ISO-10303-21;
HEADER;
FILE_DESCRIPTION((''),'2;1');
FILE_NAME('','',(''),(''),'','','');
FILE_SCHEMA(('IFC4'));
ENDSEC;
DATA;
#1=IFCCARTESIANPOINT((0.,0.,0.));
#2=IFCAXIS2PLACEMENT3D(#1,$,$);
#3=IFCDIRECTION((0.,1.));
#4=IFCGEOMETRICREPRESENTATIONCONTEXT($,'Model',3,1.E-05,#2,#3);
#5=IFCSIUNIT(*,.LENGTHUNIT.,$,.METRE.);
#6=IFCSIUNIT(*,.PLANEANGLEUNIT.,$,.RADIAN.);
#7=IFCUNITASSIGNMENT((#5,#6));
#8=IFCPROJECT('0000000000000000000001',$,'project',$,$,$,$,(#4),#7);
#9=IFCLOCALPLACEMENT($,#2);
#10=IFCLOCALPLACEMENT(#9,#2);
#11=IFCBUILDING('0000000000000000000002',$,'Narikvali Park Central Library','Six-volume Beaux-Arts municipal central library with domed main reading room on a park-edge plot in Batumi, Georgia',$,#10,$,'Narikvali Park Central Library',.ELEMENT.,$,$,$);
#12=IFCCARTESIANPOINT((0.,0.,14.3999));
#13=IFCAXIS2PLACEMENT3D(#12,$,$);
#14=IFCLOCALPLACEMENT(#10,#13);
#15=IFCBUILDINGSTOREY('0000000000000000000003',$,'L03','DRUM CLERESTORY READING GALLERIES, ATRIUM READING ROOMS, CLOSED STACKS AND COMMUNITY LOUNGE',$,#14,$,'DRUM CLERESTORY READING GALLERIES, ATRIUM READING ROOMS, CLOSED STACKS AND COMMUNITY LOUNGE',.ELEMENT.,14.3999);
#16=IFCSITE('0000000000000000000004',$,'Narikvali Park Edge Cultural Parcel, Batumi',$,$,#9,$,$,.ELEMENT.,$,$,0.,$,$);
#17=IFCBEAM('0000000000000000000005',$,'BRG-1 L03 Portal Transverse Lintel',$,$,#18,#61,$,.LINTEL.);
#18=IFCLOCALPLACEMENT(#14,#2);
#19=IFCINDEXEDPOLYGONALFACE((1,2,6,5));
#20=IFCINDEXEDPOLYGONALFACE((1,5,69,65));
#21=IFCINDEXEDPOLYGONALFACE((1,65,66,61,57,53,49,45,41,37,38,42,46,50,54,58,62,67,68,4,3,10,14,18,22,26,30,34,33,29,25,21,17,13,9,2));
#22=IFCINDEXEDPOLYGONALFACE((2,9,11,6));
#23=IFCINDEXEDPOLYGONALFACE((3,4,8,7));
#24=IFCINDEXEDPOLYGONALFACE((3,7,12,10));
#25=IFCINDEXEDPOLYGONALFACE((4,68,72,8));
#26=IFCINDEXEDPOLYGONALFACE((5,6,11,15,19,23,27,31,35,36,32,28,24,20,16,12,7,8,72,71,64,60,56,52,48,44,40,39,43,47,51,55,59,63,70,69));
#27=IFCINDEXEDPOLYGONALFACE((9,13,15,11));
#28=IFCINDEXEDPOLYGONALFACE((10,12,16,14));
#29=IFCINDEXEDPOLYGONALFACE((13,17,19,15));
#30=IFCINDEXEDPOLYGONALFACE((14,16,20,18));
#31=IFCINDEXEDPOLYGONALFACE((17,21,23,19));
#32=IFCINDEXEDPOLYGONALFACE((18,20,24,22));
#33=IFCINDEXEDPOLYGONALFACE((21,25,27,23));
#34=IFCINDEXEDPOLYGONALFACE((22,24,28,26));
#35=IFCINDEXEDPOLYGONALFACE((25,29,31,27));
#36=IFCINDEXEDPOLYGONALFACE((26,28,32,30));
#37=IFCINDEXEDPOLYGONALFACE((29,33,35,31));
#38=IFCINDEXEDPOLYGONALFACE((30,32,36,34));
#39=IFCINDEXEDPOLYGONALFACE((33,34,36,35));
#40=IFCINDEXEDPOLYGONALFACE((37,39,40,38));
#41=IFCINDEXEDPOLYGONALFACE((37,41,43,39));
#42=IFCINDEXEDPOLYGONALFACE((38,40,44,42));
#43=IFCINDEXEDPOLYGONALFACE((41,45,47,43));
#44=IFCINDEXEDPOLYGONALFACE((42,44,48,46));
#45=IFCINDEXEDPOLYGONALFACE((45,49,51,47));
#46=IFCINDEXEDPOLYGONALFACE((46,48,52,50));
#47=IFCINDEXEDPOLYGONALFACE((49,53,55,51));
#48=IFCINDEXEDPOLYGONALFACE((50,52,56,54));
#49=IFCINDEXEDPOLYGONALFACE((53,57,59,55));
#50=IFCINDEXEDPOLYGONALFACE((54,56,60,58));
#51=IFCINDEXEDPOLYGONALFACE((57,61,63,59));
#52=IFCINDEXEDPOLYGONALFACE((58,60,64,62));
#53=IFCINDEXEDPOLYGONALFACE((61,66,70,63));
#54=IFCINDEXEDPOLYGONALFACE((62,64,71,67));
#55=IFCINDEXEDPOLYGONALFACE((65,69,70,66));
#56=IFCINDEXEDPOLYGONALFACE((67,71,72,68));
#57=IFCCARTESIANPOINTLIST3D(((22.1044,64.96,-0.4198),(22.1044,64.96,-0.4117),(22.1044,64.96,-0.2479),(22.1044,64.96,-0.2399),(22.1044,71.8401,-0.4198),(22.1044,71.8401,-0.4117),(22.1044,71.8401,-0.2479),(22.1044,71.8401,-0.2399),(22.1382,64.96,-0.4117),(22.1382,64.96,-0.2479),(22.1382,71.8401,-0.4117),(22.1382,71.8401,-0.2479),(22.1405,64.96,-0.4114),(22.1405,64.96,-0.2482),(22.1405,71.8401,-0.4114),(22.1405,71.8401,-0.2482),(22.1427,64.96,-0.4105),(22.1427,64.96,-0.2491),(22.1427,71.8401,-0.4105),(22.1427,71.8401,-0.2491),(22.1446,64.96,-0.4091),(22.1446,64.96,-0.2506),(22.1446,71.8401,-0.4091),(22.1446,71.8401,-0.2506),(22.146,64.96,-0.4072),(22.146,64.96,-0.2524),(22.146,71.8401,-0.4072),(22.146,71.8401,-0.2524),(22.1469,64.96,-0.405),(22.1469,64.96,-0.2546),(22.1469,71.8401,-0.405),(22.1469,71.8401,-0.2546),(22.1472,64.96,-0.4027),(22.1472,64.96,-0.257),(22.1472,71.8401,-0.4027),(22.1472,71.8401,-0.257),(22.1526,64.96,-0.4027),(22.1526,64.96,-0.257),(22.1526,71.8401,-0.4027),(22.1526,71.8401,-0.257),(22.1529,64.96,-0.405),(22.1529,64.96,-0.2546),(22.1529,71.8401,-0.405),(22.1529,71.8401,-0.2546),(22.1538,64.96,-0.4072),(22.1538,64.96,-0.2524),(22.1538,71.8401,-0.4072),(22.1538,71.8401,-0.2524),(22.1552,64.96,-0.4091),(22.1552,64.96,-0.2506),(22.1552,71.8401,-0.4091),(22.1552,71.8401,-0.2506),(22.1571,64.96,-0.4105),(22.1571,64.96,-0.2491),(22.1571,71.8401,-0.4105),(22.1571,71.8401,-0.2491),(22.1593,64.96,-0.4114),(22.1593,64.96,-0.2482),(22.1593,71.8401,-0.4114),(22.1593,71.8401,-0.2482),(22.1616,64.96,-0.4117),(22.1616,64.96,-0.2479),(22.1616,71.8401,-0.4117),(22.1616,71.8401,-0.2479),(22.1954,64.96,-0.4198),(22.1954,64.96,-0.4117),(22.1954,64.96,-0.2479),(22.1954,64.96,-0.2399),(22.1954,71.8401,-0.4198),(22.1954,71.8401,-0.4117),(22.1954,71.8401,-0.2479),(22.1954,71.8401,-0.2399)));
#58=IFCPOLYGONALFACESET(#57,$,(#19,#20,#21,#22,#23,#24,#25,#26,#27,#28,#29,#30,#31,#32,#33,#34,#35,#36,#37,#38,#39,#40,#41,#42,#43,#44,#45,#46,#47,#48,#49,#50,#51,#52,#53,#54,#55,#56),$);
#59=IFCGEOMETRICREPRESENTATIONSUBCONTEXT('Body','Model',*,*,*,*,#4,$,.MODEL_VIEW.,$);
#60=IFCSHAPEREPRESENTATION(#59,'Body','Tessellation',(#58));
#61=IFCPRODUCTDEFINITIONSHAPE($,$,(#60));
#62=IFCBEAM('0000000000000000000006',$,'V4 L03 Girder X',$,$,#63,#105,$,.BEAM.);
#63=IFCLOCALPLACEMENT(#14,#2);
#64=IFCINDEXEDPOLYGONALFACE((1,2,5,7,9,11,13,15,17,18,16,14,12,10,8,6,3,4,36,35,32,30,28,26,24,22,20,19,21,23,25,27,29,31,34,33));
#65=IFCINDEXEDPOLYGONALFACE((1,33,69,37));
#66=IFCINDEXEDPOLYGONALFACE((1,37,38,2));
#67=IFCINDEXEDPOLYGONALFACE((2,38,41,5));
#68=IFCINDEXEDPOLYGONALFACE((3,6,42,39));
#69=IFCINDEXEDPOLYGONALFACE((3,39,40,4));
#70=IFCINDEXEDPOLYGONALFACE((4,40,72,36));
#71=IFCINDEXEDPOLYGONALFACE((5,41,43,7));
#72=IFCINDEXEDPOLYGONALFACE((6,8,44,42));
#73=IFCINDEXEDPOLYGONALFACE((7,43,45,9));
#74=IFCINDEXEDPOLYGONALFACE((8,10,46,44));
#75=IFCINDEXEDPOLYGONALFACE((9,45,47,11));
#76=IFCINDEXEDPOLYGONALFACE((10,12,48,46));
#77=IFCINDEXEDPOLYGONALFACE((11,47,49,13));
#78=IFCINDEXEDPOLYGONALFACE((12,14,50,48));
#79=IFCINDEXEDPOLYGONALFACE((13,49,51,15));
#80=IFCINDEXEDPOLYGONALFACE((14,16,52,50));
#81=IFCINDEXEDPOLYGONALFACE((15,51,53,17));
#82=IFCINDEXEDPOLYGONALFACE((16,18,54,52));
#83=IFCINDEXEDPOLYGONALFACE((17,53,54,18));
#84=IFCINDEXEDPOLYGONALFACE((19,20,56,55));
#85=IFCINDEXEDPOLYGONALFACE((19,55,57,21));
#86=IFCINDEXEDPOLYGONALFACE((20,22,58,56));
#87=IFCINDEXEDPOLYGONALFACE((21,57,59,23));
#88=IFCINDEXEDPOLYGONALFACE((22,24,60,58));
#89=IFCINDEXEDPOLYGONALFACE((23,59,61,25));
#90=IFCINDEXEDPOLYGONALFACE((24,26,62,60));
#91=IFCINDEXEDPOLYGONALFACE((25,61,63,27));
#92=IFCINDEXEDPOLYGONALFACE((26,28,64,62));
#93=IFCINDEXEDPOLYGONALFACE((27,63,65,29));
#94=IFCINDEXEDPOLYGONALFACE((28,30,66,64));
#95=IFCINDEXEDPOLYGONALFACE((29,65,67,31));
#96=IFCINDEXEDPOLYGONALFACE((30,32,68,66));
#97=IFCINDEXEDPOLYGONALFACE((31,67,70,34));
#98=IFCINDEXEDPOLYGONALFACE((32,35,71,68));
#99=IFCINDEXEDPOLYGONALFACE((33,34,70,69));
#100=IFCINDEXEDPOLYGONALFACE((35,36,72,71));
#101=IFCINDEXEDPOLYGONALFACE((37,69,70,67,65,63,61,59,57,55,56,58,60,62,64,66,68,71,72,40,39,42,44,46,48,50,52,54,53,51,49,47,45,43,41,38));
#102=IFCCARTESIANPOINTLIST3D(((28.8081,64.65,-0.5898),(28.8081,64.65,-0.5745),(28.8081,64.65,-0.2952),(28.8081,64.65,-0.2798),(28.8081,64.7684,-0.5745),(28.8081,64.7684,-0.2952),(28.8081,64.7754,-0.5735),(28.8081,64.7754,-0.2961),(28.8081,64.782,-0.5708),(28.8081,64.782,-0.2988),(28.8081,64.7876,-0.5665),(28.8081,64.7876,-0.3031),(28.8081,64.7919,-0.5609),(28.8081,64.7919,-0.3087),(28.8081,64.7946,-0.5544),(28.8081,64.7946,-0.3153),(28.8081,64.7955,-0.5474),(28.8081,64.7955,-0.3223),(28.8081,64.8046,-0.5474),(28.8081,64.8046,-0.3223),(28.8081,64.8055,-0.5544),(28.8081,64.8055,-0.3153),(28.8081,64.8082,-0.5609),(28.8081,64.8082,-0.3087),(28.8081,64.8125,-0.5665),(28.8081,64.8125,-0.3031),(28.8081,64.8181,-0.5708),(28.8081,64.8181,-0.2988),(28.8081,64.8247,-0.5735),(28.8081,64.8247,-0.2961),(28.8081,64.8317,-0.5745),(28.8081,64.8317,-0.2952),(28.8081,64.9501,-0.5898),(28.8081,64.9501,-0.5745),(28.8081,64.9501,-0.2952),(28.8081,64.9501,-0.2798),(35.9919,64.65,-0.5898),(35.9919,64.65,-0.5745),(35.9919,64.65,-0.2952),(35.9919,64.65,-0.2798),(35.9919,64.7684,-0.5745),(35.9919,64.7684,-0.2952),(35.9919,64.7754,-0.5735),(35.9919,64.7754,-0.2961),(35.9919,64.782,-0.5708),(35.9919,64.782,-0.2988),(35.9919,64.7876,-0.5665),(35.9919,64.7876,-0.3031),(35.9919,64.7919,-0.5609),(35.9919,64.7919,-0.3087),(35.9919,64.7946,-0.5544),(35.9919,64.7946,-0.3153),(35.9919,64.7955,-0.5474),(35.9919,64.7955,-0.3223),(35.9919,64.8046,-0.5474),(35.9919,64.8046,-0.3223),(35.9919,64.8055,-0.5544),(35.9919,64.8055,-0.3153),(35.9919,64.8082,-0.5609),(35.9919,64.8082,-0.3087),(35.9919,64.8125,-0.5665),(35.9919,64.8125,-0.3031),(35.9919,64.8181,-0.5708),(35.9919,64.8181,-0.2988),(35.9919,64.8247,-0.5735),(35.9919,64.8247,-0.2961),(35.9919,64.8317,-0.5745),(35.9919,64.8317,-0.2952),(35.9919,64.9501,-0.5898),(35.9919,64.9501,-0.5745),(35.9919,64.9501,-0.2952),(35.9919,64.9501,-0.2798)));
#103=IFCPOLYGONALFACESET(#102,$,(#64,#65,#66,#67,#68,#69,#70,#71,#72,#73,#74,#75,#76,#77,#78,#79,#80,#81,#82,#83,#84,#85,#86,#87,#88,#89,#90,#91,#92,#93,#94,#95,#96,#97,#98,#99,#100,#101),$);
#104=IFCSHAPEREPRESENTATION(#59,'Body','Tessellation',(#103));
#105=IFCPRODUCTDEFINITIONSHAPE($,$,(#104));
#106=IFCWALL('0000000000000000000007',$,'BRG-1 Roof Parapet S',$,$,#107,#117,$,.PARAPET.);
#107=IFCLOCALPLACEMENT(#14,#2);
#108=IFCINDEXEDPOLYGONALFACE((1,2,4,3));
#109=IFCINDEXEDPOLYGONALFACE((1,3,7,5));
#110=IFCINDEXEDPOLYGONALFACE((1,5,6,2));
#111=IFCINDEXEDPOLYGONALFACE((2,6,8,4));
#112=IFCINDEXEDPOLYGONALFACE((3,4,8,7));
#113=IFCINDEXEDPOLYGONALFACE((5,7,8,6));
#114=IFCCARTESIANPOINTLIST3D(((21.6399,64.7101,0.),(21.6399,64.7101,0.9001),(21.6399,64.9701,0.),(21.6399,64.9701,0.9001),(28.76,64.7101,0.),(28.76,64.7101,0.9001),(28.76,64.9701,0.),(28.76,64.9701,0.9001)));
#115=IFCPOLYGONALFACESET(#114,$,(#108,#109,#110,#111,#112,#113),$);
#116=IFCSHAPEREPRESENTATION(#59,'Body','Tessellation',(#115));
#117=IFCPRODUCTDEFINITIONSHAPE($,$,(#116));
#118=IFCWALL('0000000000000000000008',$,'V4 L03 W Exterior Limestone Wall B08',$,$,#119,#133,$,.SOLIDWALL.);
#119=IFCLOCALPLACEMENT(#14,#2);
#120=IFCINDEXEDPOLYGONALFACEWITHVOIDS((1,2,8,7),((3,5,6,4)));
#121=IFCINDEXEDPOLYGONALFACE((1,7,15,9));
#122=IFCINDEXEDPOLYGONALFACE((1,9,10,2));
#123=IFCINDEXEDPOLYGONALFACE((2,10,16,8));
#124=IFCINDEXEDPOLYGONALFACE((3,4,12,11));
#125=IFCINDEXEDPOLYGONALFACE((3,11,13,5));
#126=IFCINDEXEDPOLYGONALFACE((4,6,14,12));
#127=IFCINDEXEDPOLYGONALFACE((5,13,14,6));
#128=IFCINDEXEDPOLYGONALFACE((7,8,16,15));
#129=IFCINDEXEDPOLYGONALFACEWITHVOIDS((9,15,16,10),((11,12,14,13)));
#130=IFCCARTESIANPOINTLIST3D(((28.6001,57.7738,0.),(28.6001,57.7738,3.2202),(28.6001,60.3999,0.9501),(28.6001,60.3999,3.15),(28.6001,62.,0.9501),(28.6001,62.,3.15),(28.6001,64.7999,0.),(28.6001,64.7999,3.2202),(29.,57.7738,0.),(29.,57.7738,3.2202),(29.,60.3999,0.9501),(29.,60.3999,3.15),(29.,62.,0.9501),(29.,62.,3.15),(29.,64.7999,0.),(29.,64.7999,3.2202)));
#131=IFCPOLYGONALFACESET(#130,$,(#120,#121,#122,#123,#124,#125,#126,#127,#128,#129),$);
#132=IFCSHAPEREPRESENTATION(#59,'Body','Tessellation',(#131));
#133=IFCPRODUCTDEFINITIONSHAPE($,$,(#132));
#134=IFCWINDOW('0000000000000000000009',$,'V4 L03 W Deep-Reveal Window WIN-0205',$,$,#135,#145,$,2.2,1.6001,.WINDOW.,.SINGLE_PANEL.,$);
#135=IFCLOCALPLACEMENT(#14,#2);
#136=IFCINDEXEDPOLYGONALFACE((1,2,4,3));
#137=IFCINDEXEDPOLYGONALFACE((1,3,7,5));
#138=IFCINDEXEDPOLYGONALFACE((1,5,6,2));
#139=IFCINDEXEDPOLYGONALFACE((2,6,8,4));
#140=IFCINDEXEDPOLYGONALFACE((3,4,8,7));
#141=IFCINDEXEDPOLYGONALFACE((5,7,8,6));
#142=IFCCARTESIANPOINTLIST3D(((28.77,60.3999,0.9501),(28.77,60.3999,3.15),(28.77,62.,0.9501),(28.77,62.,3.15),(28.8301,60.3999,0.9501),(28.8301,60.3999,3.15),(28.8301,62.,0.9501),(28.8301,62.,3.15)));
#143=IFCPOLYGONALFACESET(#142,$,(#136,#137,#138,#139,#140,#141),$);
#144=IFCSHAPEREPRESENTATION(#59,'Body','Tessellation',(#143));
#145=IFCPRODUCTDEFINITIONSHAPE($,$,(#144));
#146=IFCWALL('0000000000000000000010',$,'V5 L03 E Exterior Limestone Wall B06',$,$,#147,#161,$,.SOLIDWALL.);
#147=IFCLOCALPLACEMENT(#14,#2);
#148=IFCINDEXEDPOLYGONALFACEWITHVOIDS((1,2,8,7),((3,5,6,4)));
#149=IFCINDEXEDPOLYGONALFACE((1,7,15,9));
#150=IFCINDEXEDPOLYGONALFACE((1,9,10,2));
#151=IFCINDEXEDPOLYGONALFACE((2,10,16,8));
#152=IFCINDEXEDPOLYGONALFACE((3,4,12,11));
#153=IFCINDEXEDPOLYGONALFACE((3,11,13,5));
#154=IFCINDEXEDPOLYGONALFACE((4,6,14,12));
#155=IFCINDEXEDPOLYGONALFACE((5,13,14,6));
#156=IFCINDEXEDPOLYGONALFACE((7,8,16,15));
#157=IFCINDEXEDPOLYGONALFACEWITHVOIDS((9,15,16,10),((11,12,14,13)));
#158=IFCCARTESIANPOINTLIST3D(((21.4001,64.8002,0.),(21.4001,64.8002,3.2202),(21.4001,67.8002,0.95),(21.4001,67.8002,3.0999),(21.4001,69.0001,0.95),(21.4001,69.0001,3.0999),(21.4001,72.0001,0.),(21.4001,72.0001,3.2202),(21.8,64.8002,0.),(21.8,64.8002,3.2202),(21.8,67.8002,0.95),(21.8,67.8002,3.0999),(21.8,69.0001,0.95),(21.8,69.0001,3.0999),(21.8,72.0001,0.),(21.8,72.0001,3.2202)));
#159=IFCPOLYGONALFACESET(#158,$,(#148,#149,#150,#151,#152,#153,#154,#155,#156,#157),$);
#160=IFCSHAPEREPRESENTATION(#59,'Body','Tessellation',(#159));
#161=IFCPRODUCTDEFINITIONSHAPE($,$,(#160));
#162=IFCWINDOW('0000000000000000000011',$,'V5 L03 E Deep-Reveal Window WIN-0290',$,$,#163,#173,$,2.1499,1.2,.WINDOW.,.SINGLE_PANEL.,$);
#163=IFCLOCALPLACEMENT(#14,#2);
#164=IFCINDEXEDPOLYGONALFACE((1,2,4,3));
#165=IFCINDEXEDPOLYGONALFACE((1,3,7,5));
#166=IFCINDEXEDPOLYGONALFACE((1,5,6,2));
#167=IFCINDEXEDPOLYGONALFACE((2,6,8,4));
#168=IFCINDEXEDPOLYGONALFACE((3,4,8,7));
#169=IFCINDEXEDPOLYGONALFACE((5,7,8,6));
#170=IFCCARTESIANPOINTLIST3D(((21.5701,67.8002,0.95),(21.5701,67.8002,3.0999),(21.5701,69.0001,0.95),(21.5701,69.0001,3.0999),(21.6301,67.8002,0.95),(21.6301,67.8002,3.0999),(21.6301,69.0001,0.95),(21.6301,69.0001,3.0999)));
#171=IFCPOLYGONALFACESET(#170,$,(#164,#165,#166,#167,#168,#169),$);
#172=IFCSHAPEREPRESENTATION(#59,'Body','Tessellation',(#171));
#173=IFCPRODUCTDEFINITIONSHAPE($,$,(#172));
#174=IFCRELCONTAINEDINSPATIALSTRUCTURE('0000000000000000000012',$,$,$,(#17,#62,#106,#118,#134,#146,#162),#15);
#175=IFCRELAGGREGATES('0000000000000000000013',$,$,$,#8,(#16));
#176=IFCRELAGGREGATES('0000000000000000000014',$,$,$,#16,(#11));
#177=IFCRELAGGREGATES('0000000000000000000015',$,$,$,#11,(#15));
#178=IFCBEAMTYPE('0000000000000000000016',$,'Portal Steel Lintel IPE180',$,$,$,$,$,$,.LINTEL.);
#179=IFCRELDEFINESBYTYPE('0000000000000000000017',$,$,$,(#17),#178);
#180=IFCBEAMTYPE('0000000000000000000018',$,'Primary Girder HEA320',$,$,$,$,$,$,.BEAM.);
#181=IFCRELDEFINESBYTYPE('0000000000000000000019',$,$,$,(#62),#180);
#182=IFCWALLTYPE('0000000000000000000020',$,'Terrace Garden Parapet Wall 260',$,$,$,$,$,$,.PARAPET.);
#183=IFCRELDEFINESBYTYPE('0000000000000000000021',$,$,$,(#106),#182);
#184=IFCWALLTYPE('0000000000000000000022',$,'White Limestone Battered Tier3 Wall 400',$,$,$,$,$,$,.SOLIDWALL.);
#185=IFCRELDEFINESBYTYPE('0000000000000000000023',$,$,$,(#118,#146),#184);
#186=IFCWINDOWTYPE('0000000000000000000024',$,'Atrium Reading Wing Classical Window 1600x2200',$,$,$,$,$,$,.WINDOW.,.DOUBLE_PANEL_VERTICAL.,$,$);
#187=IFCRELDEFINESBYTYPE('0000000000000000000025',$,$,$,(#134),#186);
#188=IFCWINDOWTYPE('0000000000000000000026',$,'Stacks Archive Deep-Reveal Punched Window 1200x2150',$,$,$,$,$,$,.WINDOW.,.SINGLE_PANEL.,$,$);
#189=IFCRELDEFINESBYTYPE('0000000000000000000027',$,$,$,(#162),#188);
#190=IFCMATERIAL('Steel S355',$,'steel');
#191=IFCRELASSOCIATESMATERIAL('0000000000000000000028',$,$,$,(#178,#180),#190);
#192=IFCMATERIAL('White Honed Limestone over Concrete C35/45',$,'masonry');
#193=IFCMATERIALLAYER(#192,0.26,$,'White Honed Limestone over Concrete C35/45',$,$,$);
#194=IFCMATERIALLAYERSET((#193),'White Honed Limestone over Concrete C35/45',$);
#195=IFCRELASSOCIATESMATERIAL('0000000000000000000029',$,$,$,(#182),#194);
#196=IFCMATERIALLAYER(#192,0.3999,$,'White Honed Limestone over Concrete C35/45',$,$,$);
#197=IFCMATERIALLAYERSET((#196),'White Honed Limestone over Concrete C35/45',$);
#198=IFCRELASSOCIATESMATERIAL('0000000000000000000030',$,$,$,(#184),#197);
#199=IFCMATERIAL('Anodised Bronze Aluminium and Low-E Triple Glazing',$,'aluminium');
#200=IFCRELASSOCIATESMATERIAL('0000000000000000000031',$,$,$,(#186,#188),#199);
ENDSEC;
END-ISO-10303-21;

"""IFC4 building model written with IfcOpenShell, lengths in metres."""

from ifc_helpers import new_model, si_unit, direction, frame, frame_2d, origin, origin_2d, place, context, subcontext, project, spatial, rectangle, i_section, extrude, material, layer, layer_set, material_profile, profile_set, type_object, element, fill, save


model = new_model("IFC4")

# Units and contexts
model_context = context("Model", 3, precision=1e-05, world=origin(), true_north=direction((0.0, 1.0)))
body_context = subcontext(model_context, "Body", "Model", "MODEL_VIEW")
ifc_project = project(units=[si_unit("LENGTHUNIT", "METRE"), si_unit("PLANEANGLEUNIT", "RADIAN")], contexts=[model_context])

# Site, building, storey
site_placement = place(None, origin())
site = spatial("IfcSite", under=ifc_project, at=site_placement, Name="Narikvali Park Edge Cultural Parcel, Batumi", CompositionType="ELEMENT", RefElevation=0.0)
building_placement = place(site_placement, origin())
building = spatial("IfcBuilding", under=site, at=building_placement, Name="Narikvali Park Central Library", Description="Six-volume Beaux-Arts municipal central library with domed main reading room on a park-edge plot in Batumi, Georgia", LongName="Narikvali Park Central Library", CompositionType="ELEMENT")
storey_placement = place(building_placement, frame((0.0, 0.0, 14.3999)))
storey = spatial("IfcBuildingStorey", under=building, at=storey_placement, Name="L03", Description="DRUM CLERESTORY READING GALLERIES, ATRIUM READING ROOMS, CLOSED STACKS AND COMMUNITY LOUNGE", LongName="DRUM CLERESTORY READING GALLERIES, ATRIUM READING ROOMS, CLOSED STACKS AND COMMUNITY LOUNGE", CompositionType="ELEMENT", Elevation=14.3999)

# Shared definitions
ifc_material_1 = material(Name="Steel S355", Category="steel")

# Beams
ifc_material_profile_1 = material_profile(ifc_material_1, i_section(OverallWidth=0.0911, OverallDepth=0.1799, WebThickness=0.0054, FlangeThickness=0.0081, FilletRadius=0.009, at=origin_2d()), Name="IPE 180")
ifc_profile_set_1 = profile_set([ifc_material_profile_1], Name="Steel S355")
beam_type_1 = type_object("IfcBeamType", Name="Portal Steel Lintel IPE180", PredefinedType="LINTEL", material=ifc_profile_set_1)
beam_1_placement = place(storey_placement, frame((22.1499, 64.96, -0.3298), z_axis=(0.0, 1.0, 0.0), x_axis=(-1.0, 0.0, 0.0)))
element("IfcBeam", 1, at=beam_1_placement, inside=storey, type_object=beam_type_1, Name="BRG-1 L03 Portal Transverse Lintel", PredefinedType="LINTEL", context=body_context, shape_type="SweptSolid", body=[
    extrude(i_section(OverallWidth=0.0911, OverallDepth=0.1799, WebThickness=0.0054, FlangeThickness=0.0081, FilletRadius=0.009, at=origin_2d()), origin(), (0.0, 0.0, 1.0), 6.8801),
])
ifc_material_profile_2 = material_profile(ifc_material_1, i_section(OverallWidth=0.3, OverallDepth=0.3101, WebThickness=0.009, FlangeThickness=0.0154, FilletRadius=0.0271, at=origin_2d()), Name="HEA 320")
ifc_profile_set_2 = profile_set([ifc_material_profile_2], Name="Steel S355")
beam_type_2 = type_object("IfcBeamType", Name="Primary Girder HEA320", PredefinedType="BEAM", material=ifc_profile_set_2)
beam_2_placement = place(storey_placement, frame((28.8081, 64.8, -0.4348), z_axis=(1.0, 0.0, 0.0), x_axis=(0.0, 1.0, 0.0)))
element("IfcBeam", 2, at=beam_2_placement, inside=storey, type_object=beam_type_2, Name="V4 L03 Girder X", PredefinedType="BEAM", context=body_context, shape_type="SweptSolid", body=[
    extrude(i_section(OverallWidth=0.3, OverallDepth=0.3101, WebThickness=0.009, FlangeThickness=0.0154, FilletRadius=0.0271, at=origin_2d()), origin(), (0.0, 0.0, 1.0), 7.1838),
])

# Wall
ifc_material_2 = material(Name="White Honed Limestone over Concrete C35/45", Category="masonry")
ifc_layer_1 = layer(ifc_material_2, 0.26, Name="White Honed Limestone over Concrete C35/45")
ifc_layer_set_1 = layer_set([ifc_layer_1], Name="White Honed Limestone over Concrete C35/45")
wall_type_1 = type_object("IfcWallType", Name="Terrace Garden Parapet Wall 260", PredefinedType="PARAPET", material=ifc_layer_set_1)
wall_1_placement = place(storey_placement, frame((21.6399, 64.8401, 0.0), z_axis=(0.0, 0.0, 1.0), x_axis=(1.0, 0.0, 0.0)))
element("IfcWall", 3, at=wall_1_placement, inside=storey, type_object=wall_type_1, Name="BRG-1 Roof Parapet S", PredefinedType="PARAPET", context=body_context, shape_type="SweptSolid", body=[
    extrude(rectangle(XDim=7.1201, YDim=0.26, at=frame_2d((3.5601, 0.0))), origin(), (0.0, 0.0, 1.0), 0.9001),
])

# Walls, openings, windows
ifc_layer_2 = layer(ifc_material_2, 0.3999, Name="White Honed Limestone over Concrete C35/45")
ifc_layer_set_2 = layer_set([ifc_layer_2], Name="White Honed Limestone over Concrete C35/45")
wall_type_2 = type_object("IfcWallType", Name="White Limestone Battered Tier3 Wall 400", PredefinedType="SOLIDWALL", material=ifc_layer_set_2)
wall_2_placement = place(storey_placement, frame((28.8, 64.8, 0.0), z_axis=(0.0, 0.0, 1.0), x_axis=(0.0, -1.0, 0.0)))
wall_2 = element("IfcWall", 4, at=wall_2_placement, inside=storey, type_object=wall_type_2, Name="V4 L03 W Exterior Limestone Wall B08", PredefinedType="SOLIDWALL", context=body_context, shape_type="SweptSolid", body=[
    extrude(rectangle(XDim=7.0261, YDim=0.3999, at=frame_2d((3.5132, 0.0))), origin(), (0.0, 0.0, 1.0), 3.2202),
])
opening_1_placement = place(wall_2_placement, frame((2.8, 0.0, 0.95)))
opening_1 = element("IfcOpeningElement", 5, at=opening_1_placement, cuts=wall_2, PredefinedType="OPENING", context=body_context, shape_type="SweptSolid", body=[
    extrude(rectangle(XDim=1.6001, YDim=2.2, at=frame_2d((0.8, 1.1001))), frame((0.0, 0.2119, 0.0), z_axis=(0.0, -1.0, 0.0), x_axis=(1.0, 0.0, 0.0)), (0.0, 0.0, 1.0), 0.4238),
])
ifc_material_3 = material(Name="Anodised Bronze Aluminium and Low-E Triple Glazing", Category="aluminium")
window_type_1 = type_object("IfcWindowType", Name="Atrium Reading Wing Classical Window 1600x2200", PartitioningType="DOUBLE_PANEL_VERTICAL", PredefinedType="WINDOW", material=ifc_material_3)
window_1_placement = place(opening_1_placement, origin())
window_1 = element("IfcWindow", 6, at=window_1_placement, inside=storey, type_object=window_type_1, Name="V4 L03 W Deep-Reveal Window WIN-0205", OverallHeight=2.2, OverallWidth=1.6001, PartitioningType="SINGLE_PANEL", PredefinedType="WINDOW", context=body_context, shape_type="SweptSolid", body=[
    extrude(rectangle(XDim=1.6001, YDim=2.2, at=frame_2d((0.8, 1.1001))), frame((0.0, 0.03, 0.0), z_axis=(0.0, -1.0, 0.0), x_axis=(1.0, 0.0, 0.0)), (0.0, 0.0, 1.0), 0.0601),
])
fill(opening_1, window_1)
wall_3_placement = place(storey_placement, frame((21.6001, 64.8, 0.0), z_axis=(0.0, 0.0, 1.0), x_axis=(0.0, 1.0, 0.0)))
wall_3 = element("IfcWall", 7, at=wall_3_placement, inside=storey, type_object=wall_type_2, Name="V5 L03 E Exterior Limestone Wall B06", PredefinedType="SOLIDWALL", context=body_context, shape_type="SweptSolid", body=[
    extrude(rectangle(XDim=7.2, YDim=0.3999, at=frame_2d((3.6001, 0.0))), origin(), (0.0, 0.0, 1.0), 3.2202),
])
opening_2_placement = place(wall_3_placement, frame((3.0, 0.0, 0.95)))
opening_2 = element("IfcOpeningElement", 8, at=opening_2_placement, cuts=wall_3, PredefinedType="OPENING", context=body_context, shape_type="SweptSolid", body=[
    extrude(rectangle(XDim=1.2, YDim=2.1499, at=frame_2d((0.6001, 1.075))), frame((0.0, 0.2119, 0.0), z_axis=(0.0, -1.0, 0.0), x_axis=(1.0, 0.0, 0.0)), (0.0, 0.0, 1.0), 0.4238),
])
window_type_2 = type_object("IfcWindowType", Name="Stacks Archive Deep-Reveal Punched Window 1200x2150", PartitioningType="SINGLE_PANEL", PredefinedType="WINDOW", material=ifc_material_3)
window_2_placement = place(opening_2_placement, origin())
window_2 = element("IfcWindow", 9, at=window_2_placement, inside=storey, type_object=window_type_2, Name="V5 L03 E Deep-Reveal Window WIN-0290", OverallHeight=2.1499, OverallWidth=1.2, PartitioningType="SINGLE_PANEL", PredefinedType="WINDOW", context=body_context, shape_type="SweptSolid", body=[
    extrude(rectangle(XDim=1.2, YDim=2.1499, at=frame_2d((0.6001, 1.075))), frame((0.0, 0.03, 0.0), z_axis=(0.0, -1.0, 0.0), x_axis=(1.0, 0.0, 0.0)), (0.0, 0.0, 1.0), 0.0601),
])
fill(opening_2, window_2)

save(model, "model.ifc")
